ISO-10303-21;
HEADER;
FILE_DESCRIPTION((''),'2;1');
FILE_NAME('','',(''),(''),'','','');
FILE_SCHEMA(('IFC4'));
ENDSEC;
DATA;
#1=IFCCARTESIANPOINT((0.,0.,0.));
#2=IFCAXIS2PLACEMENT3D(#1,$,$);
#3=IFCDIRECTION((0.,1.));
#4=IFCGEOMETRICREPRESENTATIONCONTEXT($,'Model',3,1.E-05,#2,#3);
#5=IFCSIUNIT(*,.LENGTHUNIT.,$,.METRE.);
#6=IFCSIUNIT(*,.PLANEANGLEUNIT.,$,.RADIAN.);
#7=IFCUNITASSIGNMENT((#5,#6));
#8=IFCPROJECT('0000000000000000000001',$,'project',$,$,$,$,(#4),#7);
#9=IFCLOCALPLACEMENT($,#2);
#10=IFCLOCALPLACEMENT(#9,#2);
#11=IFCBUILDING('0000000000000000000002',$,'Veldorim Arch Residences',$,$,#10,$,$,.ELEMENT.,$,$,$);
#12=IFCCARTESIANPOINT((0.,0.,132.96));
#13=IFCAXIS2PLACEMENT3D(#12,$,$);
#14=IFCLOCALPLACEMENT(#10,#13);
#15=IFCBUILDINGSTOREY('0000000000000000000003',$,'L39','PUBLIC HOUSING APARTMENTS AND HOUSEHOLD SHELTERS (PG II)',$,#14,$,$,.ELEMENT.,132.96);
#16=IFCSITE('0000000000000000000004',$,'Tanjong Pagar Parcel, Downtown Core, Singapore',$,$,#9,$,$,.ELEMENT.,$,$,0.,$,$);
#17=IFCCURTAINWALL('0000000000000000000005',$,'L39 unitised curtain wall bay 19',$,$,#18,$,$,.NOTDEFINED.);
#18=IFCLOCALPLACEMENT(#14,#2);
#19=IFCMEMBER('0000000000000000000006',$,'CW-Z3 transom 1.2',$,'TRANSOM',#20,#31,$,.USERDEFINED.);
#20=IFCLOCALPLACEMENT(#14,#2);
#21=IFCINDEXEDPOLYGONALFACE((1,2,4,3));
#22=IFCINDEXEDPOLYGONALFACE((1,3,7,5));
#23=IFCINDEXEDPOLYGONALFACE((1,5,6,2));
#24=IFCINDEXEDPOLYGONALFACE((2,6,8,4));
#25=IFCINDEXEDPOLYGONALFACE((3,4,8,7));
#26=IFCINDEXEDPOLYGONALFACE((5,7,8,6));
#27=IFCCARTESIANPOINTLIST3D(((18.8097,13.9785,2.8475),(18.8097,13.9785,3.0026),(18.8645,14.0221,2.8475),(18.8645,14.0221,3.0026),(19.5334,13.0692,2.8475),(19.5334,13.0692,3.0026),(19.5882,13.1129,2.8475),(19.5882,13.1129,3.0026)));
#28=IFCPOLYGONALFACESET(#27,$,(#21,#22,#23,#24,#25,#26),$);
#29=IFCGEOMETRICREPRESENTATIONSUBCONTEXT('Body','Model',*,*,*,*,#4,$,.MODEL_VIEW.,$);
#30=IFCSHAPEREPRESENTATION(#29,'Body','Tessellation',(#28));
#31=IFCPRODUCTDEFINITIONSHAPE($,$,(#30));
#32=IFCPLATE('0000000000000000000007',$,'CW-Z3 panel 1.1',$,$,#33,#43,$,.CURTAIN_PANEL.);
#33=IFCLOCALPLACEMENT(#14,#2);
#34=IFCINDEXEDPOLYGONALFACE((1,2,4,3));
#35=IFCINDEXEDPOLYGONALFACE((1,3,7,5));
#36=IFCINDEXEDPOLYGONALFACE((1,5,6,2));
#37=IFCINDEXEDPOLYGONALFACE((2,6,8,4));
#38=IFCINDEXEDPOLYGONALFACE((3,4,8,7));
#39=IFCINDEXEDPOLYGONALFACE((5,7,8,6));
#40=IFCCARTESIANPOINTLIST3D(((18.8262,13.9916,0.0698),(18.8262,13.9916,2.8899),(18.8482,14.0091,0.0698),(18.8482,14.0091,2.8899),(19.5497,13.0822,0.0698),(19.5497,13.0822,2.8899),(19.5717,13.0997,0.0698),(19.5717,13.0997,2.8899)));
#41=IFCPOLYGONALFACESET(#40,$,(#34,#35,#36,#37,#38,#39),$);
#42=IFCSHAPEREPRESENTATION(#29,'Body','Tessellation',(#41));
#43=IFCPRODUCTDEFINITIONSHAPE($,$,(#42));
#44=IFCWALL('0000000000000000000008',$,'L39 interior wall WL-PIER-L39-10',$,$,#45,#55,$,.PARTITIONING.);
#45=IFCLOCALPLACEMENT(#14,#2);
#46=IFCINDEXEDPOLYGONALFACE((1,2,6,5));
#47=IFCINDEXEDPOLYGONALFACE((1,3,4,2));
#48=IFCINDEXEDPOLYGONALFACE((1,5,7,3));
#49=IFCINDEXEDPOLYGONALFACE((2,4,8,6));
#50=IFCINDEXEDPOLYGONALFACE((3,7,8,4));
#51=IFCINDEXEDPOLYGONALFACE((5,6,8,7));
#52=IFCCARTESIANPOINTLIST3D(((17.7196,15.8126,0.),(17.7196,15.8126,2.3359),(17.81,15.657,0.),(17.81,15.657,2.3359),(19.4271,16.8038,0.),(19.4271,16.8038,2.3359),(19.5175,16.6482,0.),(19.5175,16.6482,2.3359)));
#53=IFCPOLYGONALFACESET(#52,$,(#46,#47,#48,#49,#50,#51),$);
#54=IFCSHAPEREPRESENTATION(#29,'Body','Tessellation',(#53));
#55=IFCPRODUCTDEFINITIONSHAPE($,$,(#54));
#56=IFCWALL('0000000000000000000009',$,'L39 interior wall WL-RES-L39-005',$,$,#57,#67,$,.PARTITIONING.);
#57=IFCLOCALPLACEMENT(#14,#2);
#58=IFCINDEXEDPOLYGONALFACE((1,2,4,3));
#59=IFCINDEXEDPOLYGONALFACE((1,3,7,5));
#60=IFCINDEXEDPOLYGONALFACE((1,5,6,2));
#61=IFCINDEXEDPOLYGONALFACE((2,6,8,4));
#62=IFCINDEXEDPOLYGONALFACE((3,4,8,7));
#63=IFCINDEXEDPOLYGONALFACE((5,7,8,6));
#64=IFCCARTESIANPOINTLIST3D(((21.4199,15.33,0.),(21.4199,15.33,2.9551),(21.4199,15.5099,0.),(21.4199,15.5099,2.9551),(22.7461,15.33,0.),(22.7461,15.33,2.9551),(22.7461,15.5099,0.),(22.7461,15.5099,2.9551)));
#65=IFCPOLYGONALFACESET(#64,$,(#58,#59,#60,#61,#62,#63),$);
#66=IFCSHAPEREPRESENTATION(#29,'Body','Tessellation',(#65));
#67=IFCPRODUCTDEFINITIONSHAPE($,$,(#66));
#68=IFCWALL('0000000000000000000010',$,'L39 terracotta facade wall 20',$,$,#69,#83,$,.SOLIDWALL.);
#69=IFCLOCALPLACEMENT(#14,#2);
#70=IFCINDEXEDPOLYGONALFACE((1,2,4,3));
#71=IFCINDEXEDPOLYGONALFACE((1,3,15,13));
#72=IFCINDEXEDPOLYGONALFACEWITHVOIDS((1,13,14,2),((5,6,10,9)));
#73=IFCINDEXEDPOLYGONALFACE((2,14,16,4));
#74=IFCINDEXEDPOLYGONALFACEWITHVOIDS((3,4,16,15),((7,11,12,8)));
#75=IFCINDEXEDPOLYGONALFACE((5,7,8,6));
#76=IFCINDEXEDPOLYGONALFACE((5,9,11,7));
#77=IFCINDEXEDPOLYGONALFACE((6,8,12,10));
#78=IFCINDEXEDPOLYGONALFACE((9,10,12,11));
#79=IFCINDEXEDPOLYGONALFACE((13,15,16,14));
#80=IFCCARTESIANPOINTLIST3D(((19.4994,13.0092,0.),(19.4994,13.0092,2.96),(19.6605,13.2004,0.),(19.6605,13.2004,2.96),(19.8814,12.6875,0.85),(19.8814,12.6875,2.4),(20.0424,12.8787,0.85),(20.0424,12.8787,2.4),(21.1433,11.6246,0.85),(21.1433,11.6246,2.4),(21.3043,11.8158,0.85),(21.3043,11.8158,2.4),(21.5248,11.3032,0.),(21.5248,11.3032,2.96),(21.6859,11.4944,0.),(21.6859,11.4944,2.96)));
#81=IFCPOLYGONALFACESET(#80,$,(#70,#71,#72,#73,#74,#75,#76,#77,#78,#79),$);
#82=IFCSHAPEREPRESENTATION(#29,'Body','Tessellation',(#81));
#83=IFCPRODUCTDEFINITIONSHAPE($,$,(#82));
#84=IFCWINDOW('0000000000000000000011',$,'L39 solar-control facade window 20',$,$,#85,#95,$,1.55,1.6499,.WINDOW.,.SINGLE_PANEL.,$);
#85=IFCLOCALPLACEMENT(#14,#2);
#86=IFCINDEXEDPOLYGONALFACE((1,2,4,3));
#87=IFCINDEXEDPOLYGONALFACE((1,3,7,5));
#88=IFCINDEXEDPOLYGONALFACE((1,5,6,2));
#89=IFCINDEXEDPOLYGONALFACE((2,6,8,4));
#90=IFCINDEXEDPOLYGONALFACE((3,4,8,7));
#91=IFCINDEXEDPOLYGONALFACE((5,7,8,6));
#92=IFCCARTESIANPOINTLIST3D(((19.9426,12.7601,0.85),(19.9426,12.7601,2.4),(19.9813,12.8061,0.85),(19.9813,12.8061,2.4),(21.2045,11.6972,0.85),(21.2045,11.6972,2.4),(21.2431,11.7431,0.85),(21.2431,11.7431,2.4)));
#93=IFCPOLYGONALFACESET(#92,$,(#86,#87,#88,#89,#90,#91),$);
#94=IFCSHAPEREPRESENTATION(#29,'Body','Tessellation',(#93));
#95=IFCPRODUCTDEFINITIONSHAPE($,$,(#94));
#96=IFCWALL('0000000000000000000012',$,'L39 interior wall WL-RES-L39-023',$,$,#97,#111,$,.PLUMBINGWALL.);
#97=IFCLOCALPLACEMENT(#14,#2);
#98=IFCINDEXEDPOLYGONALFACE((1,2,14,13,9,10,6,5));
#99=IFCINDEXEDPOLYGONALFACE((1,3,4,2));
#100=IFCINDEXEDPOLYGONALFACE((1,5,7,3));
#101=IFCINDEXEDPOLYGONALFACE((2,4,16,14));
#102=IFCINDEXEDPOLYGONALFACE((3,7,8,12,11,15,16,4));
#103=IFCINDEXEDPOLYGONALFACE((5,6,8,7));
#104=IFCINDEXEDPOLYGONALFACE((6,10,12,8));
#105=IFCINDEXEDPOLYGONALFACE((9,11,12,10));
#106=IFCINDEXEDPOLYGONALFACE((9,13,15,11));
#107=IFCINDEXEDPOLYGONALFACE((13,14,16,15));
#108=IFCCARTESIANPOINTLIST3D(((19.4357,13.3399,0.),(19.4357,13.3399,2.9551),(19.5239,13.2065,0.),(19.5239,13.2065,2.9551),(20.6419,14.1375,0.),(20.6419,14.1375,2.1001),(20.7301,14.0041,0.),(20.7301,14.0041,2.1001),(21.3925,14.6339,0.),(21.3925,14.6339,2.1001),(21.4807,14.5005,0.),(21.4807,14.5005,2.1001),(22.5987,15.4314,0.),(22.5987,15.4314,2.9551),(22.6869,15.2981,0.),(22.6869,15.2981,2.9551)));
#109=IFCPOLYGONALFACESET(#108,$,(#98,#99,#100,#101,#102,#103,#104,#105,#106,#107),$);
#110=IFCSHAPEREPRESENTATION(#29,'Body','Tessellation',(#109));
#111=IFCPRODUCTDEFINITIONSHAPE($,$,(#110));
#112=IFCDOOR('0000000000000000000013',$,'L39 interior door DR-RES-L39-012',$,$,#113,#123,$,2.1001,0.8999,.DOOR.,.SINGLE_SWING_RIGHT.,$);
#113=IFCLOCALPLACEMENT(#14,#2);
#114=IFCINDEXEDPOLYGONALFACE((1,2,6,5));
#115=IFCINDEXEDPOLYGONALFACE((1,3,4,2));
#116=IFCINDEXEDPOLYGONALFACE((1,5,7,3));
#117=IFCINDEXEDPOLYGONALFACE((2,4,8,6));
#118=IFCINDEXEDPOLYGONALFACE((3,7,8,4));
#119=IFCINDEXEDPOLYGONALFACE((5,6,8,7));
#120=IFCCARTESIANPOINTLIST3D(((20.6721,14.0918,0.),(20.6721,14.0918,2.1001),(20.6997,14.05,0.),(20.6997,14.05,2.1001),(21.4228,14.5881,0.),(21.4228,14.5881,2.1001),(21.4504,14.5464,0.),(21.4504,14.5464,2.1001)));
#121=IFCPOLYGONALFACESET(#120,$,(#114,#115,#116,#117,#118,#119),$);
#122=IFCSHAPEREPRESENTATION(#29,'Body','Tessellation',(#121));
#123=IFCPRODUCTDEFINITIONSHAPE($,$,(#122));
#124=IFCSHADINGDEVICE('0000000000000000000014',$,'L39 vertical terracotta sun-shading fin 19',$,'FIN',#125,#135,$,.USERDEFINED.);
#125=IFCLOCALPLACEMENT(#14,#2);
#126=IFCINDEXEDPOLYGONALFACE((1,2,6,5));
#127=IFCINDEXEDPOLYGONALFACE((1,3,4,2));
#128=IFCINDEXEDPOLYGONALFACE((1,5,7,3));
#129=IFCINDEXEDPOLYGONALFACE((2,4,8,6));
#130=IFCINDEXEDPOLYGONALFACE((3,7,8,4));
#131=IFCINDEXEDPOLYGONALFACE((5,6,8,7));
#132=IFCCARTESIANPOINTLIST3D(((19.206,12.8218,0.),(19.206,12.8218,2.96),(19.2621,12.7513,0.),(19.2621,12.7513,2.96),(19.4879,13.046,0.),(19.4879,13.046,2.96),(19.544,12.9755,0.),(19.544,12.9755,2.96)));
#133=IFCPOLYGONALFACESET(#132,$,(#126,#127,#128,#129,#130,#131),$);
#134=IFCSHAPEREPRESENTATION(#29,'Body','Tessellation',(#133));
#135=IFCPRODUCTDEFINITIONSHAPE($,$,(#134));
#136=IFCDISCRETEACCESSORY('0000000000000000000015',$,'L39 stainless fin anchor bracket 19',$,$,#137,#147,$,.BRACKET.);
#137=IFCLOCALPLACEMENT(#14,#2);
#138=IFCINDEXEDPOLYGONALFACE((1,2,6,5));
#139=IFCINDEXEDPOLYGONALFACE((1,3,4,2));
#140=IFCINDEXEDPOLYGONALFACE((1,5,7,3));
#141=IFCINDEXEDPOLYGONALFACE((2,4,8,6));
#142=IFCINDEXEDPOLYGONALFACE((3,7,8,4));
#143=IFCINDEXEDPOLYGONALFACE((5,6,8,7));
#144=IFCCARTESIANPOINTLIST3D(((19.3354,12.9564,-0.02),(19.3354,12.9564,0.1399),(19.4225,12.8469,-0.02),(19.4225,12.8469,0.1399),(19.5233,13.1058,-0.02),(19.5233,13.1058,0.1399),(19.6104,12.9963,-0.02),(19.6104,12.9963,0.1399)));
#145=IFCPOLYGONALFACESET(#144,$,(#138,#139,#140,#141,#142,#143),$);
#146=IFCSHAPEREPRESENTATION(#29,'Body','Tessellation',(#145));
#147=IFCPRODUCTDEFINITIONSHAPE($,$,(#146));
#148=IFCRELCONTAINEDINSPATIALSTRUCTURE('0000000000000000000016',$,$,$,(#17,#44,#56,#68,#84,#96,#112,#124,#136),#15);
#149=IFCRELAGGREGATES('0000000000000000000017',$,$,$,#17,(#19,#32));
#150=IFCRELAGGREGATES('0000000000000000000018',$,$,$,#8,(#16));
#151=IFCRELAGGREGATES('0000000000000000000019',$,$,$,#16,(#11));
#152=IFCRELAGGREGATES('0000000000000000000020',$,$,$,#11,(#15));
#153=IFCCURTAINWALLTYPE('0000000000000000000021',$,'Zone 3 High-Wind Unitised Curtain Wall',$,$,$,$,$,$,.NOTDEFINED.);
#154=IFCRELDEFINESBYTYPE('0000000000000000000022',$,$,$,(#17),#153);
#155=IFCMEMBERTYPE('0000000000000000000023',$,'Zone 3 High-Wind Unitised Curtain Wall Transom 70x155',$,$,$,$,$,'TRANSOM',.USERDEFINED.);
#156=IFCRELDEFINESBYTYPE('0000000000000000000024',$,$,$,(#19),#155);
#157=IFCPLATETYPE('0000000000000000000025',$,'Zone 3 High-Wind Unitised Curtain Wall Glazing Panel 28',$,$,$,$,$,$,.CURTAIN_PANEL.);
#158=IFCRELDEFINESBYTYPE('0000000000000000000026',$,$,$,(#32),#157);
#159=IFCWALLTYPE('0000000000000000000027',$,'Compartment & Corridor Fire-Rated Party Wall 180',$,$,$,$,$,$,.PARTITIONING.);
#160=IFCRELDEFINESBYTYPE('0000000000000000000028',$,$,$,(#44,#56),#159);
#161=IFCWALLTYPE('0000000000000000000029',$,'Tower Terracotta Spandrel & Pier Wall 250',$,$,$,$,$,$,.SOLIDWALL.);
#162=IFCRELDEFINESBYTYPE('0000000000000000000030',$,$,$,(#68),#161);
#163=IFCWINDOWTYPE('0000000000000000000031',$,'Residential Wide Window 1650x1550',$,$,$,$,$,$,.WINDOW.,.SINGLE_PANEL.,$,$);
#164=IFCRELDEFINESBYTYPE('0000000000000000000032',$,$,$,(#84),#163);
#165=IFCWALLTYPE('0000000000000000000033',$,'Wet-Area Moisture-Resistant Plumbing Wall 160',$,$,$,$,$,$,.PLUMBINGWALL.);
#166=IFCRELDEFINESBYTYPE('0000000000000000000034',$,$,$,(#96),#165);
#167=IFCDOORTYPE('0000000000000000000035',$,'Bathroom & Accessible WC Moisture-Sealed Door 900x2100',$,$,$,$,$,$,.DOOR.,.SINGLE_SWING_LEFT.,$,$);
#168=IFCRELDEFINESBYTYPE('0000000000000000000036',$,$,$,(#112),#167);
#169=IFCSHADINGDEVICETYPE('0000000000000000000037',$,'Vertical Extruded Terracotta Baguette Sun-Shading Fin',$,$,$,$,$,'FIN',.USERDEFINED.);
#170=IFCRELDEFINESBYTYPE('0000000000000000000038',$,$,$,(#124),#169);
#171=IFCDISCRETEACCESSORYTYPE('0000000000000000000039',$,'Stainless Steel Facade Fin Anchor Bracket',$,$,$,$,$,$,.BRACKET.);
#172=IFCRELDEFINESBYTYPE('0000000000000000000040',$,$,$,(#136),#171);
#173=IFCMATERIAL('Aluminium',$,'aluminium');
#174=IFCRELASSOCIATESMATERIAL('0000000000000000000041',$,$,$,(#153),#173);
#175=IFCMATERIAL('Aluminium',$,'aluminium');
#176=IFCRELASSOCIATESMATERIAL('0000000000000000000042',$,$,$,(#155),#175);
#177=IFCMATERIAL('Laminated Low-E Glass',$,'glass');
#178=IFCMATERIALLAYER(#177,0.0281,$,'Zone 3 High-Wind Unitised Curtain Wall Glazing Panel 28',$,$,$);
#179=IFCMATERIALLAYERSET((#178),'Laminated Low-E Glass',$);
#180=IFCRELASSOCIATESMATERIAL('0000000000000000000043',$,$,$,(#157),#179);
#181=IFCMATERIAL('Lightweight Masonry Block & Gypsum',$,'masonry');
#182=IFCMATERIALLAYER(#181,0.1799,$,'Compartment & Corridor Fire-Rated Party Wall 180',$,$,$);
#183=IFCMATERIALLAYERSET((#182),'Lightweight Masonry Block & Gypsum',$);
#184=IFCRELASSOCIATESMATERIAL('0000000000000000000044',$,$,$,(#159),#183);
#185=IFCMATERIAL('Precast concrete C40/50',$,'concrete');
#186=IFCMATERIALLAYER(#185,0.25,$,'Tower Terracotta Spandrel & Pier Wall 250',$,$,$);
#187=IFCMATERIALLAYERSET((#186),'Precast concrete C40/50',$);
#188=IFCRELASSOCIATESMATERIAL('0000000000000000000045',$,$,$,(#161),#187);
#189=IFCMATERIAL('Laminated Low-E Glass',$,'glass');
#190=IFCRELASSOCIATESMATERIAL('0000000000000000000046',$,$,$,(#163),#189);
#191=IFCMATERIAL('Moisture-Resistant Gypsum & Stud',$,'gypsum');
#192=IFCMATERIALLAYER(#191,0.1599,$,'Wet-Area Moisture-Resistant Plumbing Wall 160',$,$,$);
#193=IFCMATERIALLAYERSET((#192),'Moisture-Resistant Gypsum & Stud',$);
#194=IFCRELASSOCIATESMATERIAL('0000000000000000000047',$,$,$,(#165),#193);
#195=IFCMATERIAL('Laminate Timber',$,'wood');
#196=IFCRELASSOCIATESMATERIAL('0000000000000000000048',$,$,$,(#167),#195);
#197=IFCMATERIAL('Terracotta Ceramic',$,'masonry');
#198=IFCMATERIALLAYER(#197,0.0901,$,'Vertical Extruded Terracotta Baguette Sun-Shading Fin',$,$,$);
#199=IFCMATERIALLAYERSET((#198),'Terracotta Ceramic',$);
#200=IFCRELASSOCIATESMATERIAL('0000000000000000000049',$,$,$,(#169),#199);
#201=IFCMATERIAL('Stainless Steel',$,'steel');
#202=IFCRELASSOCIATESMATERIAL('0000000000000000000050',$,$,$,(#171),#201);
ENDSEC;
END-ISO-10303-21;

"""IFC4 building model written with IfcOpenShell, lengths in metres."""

from ifc_helpers import new_model, si_unit, direction, frame, frame_2d, origin, origin_2d, place, context, subcontext, project, spatial, rectangle, extrude, material, layer, layer_set, material_profile, profile_set, type_object, element, fill, aggregate, save


model = new_model("IFC4")

# Units and contexts
model_context = context("Model", 3, precision=1e-05, world=origin(), true_north=direction((0.0, 1.0)))
body_context = subcontext(model_context, "Body", "Model", "MODEL_VIEW")
ifc_project = project(units=[si_unit("LENGTHUNIT", "METRE"), si_unit("PLANEANGLEUNIT", "RADIAN")], contexts=[model_context])

# Site, building, storey
site_placement = place(None, origin())
site = spatial("IfcSite", under=ifc_project, at=site_placement, Name="Tanjong Pagar Parcel, Downtown Core, Singapore", CompositionType="ELEMENT", RefElevation=0.0)
building_placement = place(site_placement, origin())
building = spatial("IfcBuilding", under=site, at=building_placement, Name="Veldorim Arch Residences", CompositionType="ELEMENT")
storey_placement = place(building_placement, frame((0.0, 0.0, 132.96)))
storey = spatial("IfcBuildingStorey", under=building, at=storey_placement, Name="L39", Description="PUBLIC HOUSING APARTMENTS AND HOUSEHOLD SHELTERS (PG II)", CompositionType="ELEMENT", Elevation=132.96)

# Curtain wall, member, plate
ifc_material_1 = material(Name="Aluminium", Category="aluminium")
curtain_wall_type = type_object("IfcCurtainWallType", Name="Zone 3 High-Wind Unitised Curtain Wall", PredefinedType="NOTDEFINED", material=ifc_material_1)
curtain_wall_placement = place(storey_placement, origin())
curtain_wall = element("IfcCurtainWall", 1, at=curtain_wall_placement, inside=storey, type_object=curtain_wall_type, Name="L39 unitised curtain wall bay 19", PredefinedType="NOTDEFINED")
ifc_material_2 = material(Name="Aluminium", Category="aluminium")
ifc_material_profile_1 = material_profile(ifc_material_2, rectangle(XDim=0.0701, YDim=0.155, at=origin_2d()), Name="ALU_TRN_70x155")
ifc_profile_set_1 = profile_set([ifc_material_profile_1], Name="Aluminium")
member_type_1 = type_object("IfcMemberType", Name="Zone 3 High-Wind Unitised Curtain Wall Transom 70x155", ElementType="TRANSOM", PredefinedType="USERDEFINED", material=ifc_profile_set_1)
member_1_placement = place(storey_placement, frame((19.5608, 13.0911, 2.925), z_axis=(-0.622746, 0.782424, 0.0), x_axis=(-0.782424, -0.622746, 0.0)))
member_1 = element("IfcMember", 2, at=member_1_placement, type_object=member_type_1, Name="CW-Z3 transom 1.2", ObjectType="TRANSOM", PredefinedType="USERDEFINED", context=body_context, shape_type="SweptSolid", body=[
    extrude(rectangle(XDim=0.0701, YDim=0.155, at=origin_2d()), origin(), (0.0, 0.0, 1.0), 1.1621),
])
ifc_material_3 = material(Name="Laminated Low-E Glass", Category="glass")
ifc_layer_1 = layer(ifc_material_3, 0.0281, Name="Zone 3 High-Wind Unitised Curtain Wall Glazing Panel 28")
ifc_layer_set_1 = layer_set([ifc_layer_1], Name="Laminated Low-E Glass")
plate_type = type_object("IfcPlateType", Name="Zone 3 High-Wind Unitised Curtain Wall Glazing Panel 28", PredefinedType="CURTAIN_PANEL", material=ifc_layer_set_1)
plate_placement = place(storey_placement, frame((19.199, 13.5457, 0.0698), z_axis=(0.0, 0.0, 1.0), x_axis=(-0.62258, 0.782556, 0.0)))
plate = element("IfcPlate", 3, at=plate_placement, type_object=plate_type, Name="CW-Z3 panel 1.1", PredefinedType="CURTAIN_PANEL", context=body_context, shape_type="SweptSolid", body=[
    extrude(rectangle(XDim=1.1621, YDim=0.0281, at=origin_2d()), origin(), (0.0, 0.0, 1.0), 2.8201),
])
aggregate(curtain_wall, [member_1, plate])

# Walls
ifc_material_4 = material(Name="Lightweight Masonry Block & Gypsum", Category="masonry")
ifc_layer_2 = layer(ifc_material_4, 0.1799, Name="Compartment & Corridor Fire-Rated Party Wall 180")
ifc_layer_set_2 = layer_set([ifc_layer_2], Name="Lightweight Masonry Block & Gypsum")
wall_type_1 = type_object("IfcWallType", Name="Compartment & Corridor Fire-Rated Party Wall 180", PredefinedType="PARTITIONING", material=ifc_layer_set_2)
wall_1_placement = place(storey_placement, frame((19.4724, 16.7261, 0.0), z_axis=(0.0, 0.0, 1.0), x_axis=(-0.864844, -0.50204, 0.0)))
element("IfcWall", 4, at=wall_1_placement, inside=storey, type_object=wall_type_1, Name="L39 interior wall WL-PIER-L39-10", PredefinedType="PARTITIONING", context=body_context, shape_type="SweptSolid", body=[
    extrude(rectangle(XDim=1.9744, YDim=0.1799, at=frame_2d((0.9873, 0.0))), origin(), (0.0, 0.0, 1.0), 2.3359),
])
wall_2_placement = place(storey_placement, frame((22.7461, 15.4199, 0.0), z_axis=(0.0, 0.0, 1.0), x_axis=(-1.0, 0.0, 0.0)))
element("IfcWall", 5, at=wall_2_placement, inside=storey, type_object=wall_type_1, Name="L39 interior wall WL-RES-L39-005", PredefinedType="PARTITIONING", context=body_context, shape_type="SweptSolid", body=[
    extrude(rectangle(XDim=1.3262, YDim=0.1799, at=frame_2d((0.6631, 0.0))), origin(), (0.0, 0.0, 1.0), 2.9551),
])

# Wall, opening, window
ifc_material_5 = material(Name="Precast concrete C40/50", Category="concrete")
ifc_layer_3 = layer(ifc_material_5, 0.25, Name="Tower Terracotta Spandrel & Pier Wall 250")
ifc_layer_set_3 = layer_set([ifc_layer_3], Name="Precast concrete C40/50")
wall_type_2 = type_object("IfcWallType", Name="Tower Terracotta Spandrel & Pier Wall 250", PredefinedType="SOLIDWALL", material=ifc_layer_set_3)
wall_3_placement = place(storey_placement, frame((21.6055, 11.3987, 0.0), z_axis=(0.0, 0.0, 1.0), x_axis=(-0.764825, 0.644238, 0.0)))
wall_3 = element("IfcWall", 6, at=wall_3_placement, inside=storey, type_object=wall_type_2, Name="L39 terracotta facade wall 20", PredefinedType="SOLIDWALL", context=body_context, shape_type="SweptSolid", body=[
    extrude(rectangle(XDim=2.6482, YDim=0.25, at=frame_2d((1.3242, 0.0))), origin(), (0.0, 0.0, 1.0), 2.96),
])
opening_1_placement = place(wall_3_placement, frame((0.499, 0.0, 0.8501)))
opening_1 = element("IfcOpeningElement", 7, at=opening_1_placement, cuts=wall_3, PredefinedType="OPENING", context=body_context, shape_type="SweptSolid", body=[
    extrude(rectangle(XDim=1.6499, YDim=1.55, at=frame_2d((0.825, 0.7749))), frame((0.0, 0.135, 0.0), z_axis=(0.0, -1.0, 0.0), x_axis=(1.0, 0.0, 0.0)), (0.0, 0.0, 1.0), 0.27),
])
ifc_material_6 = material(Name="Laminated Low-E Glass", Category="glass")
window_type = type_object("IfcWindowType", Name="Residential Wide Window 1650x1550", PartitioningType="SINGLE_PANEL", PredefinedType="WINDOW", material=ifc_material_6)
window_placement = place(opening_1_placement, origin())
window = element("IfcWindow", 8, at=window_placement, inside=storey, type_object=window_type, Name="L39 solar-control facade window 20", OverallHeight=1.55, OverallWidth=1.6499, PartitioningType="SINGLE_PANEL", PredefinedType="WINDOW", context=body_context, shape_type="SweptSolid", body=[
    extrude(rectangle(XDim=1.6499, YDim=1.55, at=frame_2d((0.825, 0.7749))), frame((0.0, 0.03, 0.0), z_axis=(0.0, -1.0, 0.0), x_axis=(1.0, 0.0, 0.0)), (0.0, 0.0, 1.0), 0.0601),
])
fill(opening_1, window)

# Wall, opening, door
ifc_material_7 = material(Name="Moisture-Resistant Gypsum & Stud", Category="gypsum")
ifc_layer_4 = layer(ifc_material_7, 0.1599, Name="Wet-Area Moisture-Resistant Plumbing Wall 160")
ifc_layer_set_4 = layer_set([ifc_layer_4], Name="Moisture-Resistant Gypsum & Stud")
wall_type_3 = type_object("IfcWallType", Name="Wet-Area Moisture-Resistant Plumbing Wall 160", PredefinedType="PLUMBINGWALL", material=ifc_layer_set_4)
wall_4_placement = place(storey_placement, frame((22.6428, 15.3647, 0.0), z_axis=(0.0, 0.0, 1.0), x_axis=(-0.834134, -0.551561, 0.0)))
wall_4 = element("IfcWall", 9, at=wall_4_placement, inside=storey, type_object=wall_type_3, Name="L39 interior wall WL-RES-L39-023", PredefinedType="PLUMBINGWALL", context=body_context, shape_type="SweptSolid", body=[
    extrude(rectangle(XDim=3.792, YDim=0.1599, at=frame_2d((1.896, 0.0))), origin(), (0.0, 0.0, 1.0), 2.9551),
])
opening_2_placement = place(wall_4_placement, frame((1.446, 0.0, 0.0)))
opening_2 = element("IfcOpeningElement", 10, at=opening_2_placement, cuts=wall_4, PredefinedType="OPENING", context=body_context, shape_type="SweptSolid", body=[
    extrude(rectangle(XDim=0.8999, YDim=2.1001, at=frame_2d((0.45, 1.05))), frame((0.0, 0.0898, 0.0), z_axis=(0.0, -1.0, 0.0), x_axis=(1.0, 0.0, 0.0)), (0.0, 0.0, 1.0), 0.1799),
])
ifc_material_8 = material(Name="Laminate Timber", Category="wood")
door_type_1 = type_object("IfcDoorType", Name="Bathroom & Accessible WC Moisture-Sealed Door 900x2100", OperationType="SINGLE_SWING_LEFT", PredefinedType="DOOR", material=ifc_material_8)
door_1_placement = place(opening_2_placement, origin())
door_1 = element("IfcDoor", 11, at=door_1_placement, inside=storey, type_object=door_type_1, Name="L39 interior door DR-RES-L39-012", OperationType="SINGLE_SWING_RIGHT", OverallHeight=2.1001, OverallWidth=0.8999, PredefinedType="DOOR", context=body_context, shape_type="SweptSolid", body=[
    extrude(rectangle(XDim=0.8999, YDim=2.1001, at=frame_2d((0.45, 1.05))), frame((0.0, 0.0249, 0.0), z_axis=(0.0, -1.0, 0.0), x_axis=(1.0, 0.0, 0.0)), (0.0, 0.0, 1.0), 0.05),
])
fill(opening_2, door_1)

# Shading device
ifc_material_9 = material(Name="Terracotta Ceramic", Category="masonry")
ifc_layer_5 = layer(ifc_material_9, 0.0901, Name="Vertical Extruded Terracotta Baguette Sun-Shading Fin")
ifc_layer_set_5 = layer_set([ifc_layer_5], Name="Terracotta Ceramic")
shading_device_type = type_object("IfcShadingDeviceType", Name="Vertical Extruded Terracotta Baguette Sun-Shading Fin", ElementType="FIN", PredefinedType="USERDEFINED", material=ifc_layer_set_5)
shading_device_placement = place(storey_placement, frame((19.375, 12.8987, 0.0), z_axis=(0.0, 0.0, 1.0), x_axis=(-0.622515, 0.782608, 0.0)))
element("IfcShadingDevice", 12, at=shading_device_placement, inside=storey, type_object=shading_device_type, Name="L39 vertical terracotta sun-shading fin 19", ObjectType="FIN", PredefinedType="USERDEFINED", context=body_context, shape_type="SweptSolid", body=[
    extrude(rectangle(XDim=0.0901, YDim=0.3601, at=origin_2d()), origin(), (0.0, 0.0, 1.0), 2.96),
])

# Discrete accessory
ifc_material_10 = material(Name="Stainless Steel", Category="steel")
discrete_accessory_type = type_object("IfcDiscreteAccessoryType", Name="Stainless Steel Facade Fin Anchor Bracket", PredefinedType="BRACKET", material=ifc_material_10)
discrete_accessory_placement = place(storey_placement, frame((19.4729, 12.9763, -0.02), z_axis=(0.0, 0.0, 1.0), x_axis=(-0.622515, 0.782608, 0.0)))
element("IfcDiscreteAccessory", 13, at=discrete_accessory_placement, inside=storey, type_object=discrete_accessory_type, Name="L39 stainless fin anchor bracket 19", PredefinedType="BRACKET", context=body_context, shape_type="SweptSolid", body=[
    extrude(rectangle(XDim=0.1399, YDim=0.24, at=origin_2d()), origin(), (0.0, 0.0, 1.0), 0.1599),
])

save(model, "model.ifc")
